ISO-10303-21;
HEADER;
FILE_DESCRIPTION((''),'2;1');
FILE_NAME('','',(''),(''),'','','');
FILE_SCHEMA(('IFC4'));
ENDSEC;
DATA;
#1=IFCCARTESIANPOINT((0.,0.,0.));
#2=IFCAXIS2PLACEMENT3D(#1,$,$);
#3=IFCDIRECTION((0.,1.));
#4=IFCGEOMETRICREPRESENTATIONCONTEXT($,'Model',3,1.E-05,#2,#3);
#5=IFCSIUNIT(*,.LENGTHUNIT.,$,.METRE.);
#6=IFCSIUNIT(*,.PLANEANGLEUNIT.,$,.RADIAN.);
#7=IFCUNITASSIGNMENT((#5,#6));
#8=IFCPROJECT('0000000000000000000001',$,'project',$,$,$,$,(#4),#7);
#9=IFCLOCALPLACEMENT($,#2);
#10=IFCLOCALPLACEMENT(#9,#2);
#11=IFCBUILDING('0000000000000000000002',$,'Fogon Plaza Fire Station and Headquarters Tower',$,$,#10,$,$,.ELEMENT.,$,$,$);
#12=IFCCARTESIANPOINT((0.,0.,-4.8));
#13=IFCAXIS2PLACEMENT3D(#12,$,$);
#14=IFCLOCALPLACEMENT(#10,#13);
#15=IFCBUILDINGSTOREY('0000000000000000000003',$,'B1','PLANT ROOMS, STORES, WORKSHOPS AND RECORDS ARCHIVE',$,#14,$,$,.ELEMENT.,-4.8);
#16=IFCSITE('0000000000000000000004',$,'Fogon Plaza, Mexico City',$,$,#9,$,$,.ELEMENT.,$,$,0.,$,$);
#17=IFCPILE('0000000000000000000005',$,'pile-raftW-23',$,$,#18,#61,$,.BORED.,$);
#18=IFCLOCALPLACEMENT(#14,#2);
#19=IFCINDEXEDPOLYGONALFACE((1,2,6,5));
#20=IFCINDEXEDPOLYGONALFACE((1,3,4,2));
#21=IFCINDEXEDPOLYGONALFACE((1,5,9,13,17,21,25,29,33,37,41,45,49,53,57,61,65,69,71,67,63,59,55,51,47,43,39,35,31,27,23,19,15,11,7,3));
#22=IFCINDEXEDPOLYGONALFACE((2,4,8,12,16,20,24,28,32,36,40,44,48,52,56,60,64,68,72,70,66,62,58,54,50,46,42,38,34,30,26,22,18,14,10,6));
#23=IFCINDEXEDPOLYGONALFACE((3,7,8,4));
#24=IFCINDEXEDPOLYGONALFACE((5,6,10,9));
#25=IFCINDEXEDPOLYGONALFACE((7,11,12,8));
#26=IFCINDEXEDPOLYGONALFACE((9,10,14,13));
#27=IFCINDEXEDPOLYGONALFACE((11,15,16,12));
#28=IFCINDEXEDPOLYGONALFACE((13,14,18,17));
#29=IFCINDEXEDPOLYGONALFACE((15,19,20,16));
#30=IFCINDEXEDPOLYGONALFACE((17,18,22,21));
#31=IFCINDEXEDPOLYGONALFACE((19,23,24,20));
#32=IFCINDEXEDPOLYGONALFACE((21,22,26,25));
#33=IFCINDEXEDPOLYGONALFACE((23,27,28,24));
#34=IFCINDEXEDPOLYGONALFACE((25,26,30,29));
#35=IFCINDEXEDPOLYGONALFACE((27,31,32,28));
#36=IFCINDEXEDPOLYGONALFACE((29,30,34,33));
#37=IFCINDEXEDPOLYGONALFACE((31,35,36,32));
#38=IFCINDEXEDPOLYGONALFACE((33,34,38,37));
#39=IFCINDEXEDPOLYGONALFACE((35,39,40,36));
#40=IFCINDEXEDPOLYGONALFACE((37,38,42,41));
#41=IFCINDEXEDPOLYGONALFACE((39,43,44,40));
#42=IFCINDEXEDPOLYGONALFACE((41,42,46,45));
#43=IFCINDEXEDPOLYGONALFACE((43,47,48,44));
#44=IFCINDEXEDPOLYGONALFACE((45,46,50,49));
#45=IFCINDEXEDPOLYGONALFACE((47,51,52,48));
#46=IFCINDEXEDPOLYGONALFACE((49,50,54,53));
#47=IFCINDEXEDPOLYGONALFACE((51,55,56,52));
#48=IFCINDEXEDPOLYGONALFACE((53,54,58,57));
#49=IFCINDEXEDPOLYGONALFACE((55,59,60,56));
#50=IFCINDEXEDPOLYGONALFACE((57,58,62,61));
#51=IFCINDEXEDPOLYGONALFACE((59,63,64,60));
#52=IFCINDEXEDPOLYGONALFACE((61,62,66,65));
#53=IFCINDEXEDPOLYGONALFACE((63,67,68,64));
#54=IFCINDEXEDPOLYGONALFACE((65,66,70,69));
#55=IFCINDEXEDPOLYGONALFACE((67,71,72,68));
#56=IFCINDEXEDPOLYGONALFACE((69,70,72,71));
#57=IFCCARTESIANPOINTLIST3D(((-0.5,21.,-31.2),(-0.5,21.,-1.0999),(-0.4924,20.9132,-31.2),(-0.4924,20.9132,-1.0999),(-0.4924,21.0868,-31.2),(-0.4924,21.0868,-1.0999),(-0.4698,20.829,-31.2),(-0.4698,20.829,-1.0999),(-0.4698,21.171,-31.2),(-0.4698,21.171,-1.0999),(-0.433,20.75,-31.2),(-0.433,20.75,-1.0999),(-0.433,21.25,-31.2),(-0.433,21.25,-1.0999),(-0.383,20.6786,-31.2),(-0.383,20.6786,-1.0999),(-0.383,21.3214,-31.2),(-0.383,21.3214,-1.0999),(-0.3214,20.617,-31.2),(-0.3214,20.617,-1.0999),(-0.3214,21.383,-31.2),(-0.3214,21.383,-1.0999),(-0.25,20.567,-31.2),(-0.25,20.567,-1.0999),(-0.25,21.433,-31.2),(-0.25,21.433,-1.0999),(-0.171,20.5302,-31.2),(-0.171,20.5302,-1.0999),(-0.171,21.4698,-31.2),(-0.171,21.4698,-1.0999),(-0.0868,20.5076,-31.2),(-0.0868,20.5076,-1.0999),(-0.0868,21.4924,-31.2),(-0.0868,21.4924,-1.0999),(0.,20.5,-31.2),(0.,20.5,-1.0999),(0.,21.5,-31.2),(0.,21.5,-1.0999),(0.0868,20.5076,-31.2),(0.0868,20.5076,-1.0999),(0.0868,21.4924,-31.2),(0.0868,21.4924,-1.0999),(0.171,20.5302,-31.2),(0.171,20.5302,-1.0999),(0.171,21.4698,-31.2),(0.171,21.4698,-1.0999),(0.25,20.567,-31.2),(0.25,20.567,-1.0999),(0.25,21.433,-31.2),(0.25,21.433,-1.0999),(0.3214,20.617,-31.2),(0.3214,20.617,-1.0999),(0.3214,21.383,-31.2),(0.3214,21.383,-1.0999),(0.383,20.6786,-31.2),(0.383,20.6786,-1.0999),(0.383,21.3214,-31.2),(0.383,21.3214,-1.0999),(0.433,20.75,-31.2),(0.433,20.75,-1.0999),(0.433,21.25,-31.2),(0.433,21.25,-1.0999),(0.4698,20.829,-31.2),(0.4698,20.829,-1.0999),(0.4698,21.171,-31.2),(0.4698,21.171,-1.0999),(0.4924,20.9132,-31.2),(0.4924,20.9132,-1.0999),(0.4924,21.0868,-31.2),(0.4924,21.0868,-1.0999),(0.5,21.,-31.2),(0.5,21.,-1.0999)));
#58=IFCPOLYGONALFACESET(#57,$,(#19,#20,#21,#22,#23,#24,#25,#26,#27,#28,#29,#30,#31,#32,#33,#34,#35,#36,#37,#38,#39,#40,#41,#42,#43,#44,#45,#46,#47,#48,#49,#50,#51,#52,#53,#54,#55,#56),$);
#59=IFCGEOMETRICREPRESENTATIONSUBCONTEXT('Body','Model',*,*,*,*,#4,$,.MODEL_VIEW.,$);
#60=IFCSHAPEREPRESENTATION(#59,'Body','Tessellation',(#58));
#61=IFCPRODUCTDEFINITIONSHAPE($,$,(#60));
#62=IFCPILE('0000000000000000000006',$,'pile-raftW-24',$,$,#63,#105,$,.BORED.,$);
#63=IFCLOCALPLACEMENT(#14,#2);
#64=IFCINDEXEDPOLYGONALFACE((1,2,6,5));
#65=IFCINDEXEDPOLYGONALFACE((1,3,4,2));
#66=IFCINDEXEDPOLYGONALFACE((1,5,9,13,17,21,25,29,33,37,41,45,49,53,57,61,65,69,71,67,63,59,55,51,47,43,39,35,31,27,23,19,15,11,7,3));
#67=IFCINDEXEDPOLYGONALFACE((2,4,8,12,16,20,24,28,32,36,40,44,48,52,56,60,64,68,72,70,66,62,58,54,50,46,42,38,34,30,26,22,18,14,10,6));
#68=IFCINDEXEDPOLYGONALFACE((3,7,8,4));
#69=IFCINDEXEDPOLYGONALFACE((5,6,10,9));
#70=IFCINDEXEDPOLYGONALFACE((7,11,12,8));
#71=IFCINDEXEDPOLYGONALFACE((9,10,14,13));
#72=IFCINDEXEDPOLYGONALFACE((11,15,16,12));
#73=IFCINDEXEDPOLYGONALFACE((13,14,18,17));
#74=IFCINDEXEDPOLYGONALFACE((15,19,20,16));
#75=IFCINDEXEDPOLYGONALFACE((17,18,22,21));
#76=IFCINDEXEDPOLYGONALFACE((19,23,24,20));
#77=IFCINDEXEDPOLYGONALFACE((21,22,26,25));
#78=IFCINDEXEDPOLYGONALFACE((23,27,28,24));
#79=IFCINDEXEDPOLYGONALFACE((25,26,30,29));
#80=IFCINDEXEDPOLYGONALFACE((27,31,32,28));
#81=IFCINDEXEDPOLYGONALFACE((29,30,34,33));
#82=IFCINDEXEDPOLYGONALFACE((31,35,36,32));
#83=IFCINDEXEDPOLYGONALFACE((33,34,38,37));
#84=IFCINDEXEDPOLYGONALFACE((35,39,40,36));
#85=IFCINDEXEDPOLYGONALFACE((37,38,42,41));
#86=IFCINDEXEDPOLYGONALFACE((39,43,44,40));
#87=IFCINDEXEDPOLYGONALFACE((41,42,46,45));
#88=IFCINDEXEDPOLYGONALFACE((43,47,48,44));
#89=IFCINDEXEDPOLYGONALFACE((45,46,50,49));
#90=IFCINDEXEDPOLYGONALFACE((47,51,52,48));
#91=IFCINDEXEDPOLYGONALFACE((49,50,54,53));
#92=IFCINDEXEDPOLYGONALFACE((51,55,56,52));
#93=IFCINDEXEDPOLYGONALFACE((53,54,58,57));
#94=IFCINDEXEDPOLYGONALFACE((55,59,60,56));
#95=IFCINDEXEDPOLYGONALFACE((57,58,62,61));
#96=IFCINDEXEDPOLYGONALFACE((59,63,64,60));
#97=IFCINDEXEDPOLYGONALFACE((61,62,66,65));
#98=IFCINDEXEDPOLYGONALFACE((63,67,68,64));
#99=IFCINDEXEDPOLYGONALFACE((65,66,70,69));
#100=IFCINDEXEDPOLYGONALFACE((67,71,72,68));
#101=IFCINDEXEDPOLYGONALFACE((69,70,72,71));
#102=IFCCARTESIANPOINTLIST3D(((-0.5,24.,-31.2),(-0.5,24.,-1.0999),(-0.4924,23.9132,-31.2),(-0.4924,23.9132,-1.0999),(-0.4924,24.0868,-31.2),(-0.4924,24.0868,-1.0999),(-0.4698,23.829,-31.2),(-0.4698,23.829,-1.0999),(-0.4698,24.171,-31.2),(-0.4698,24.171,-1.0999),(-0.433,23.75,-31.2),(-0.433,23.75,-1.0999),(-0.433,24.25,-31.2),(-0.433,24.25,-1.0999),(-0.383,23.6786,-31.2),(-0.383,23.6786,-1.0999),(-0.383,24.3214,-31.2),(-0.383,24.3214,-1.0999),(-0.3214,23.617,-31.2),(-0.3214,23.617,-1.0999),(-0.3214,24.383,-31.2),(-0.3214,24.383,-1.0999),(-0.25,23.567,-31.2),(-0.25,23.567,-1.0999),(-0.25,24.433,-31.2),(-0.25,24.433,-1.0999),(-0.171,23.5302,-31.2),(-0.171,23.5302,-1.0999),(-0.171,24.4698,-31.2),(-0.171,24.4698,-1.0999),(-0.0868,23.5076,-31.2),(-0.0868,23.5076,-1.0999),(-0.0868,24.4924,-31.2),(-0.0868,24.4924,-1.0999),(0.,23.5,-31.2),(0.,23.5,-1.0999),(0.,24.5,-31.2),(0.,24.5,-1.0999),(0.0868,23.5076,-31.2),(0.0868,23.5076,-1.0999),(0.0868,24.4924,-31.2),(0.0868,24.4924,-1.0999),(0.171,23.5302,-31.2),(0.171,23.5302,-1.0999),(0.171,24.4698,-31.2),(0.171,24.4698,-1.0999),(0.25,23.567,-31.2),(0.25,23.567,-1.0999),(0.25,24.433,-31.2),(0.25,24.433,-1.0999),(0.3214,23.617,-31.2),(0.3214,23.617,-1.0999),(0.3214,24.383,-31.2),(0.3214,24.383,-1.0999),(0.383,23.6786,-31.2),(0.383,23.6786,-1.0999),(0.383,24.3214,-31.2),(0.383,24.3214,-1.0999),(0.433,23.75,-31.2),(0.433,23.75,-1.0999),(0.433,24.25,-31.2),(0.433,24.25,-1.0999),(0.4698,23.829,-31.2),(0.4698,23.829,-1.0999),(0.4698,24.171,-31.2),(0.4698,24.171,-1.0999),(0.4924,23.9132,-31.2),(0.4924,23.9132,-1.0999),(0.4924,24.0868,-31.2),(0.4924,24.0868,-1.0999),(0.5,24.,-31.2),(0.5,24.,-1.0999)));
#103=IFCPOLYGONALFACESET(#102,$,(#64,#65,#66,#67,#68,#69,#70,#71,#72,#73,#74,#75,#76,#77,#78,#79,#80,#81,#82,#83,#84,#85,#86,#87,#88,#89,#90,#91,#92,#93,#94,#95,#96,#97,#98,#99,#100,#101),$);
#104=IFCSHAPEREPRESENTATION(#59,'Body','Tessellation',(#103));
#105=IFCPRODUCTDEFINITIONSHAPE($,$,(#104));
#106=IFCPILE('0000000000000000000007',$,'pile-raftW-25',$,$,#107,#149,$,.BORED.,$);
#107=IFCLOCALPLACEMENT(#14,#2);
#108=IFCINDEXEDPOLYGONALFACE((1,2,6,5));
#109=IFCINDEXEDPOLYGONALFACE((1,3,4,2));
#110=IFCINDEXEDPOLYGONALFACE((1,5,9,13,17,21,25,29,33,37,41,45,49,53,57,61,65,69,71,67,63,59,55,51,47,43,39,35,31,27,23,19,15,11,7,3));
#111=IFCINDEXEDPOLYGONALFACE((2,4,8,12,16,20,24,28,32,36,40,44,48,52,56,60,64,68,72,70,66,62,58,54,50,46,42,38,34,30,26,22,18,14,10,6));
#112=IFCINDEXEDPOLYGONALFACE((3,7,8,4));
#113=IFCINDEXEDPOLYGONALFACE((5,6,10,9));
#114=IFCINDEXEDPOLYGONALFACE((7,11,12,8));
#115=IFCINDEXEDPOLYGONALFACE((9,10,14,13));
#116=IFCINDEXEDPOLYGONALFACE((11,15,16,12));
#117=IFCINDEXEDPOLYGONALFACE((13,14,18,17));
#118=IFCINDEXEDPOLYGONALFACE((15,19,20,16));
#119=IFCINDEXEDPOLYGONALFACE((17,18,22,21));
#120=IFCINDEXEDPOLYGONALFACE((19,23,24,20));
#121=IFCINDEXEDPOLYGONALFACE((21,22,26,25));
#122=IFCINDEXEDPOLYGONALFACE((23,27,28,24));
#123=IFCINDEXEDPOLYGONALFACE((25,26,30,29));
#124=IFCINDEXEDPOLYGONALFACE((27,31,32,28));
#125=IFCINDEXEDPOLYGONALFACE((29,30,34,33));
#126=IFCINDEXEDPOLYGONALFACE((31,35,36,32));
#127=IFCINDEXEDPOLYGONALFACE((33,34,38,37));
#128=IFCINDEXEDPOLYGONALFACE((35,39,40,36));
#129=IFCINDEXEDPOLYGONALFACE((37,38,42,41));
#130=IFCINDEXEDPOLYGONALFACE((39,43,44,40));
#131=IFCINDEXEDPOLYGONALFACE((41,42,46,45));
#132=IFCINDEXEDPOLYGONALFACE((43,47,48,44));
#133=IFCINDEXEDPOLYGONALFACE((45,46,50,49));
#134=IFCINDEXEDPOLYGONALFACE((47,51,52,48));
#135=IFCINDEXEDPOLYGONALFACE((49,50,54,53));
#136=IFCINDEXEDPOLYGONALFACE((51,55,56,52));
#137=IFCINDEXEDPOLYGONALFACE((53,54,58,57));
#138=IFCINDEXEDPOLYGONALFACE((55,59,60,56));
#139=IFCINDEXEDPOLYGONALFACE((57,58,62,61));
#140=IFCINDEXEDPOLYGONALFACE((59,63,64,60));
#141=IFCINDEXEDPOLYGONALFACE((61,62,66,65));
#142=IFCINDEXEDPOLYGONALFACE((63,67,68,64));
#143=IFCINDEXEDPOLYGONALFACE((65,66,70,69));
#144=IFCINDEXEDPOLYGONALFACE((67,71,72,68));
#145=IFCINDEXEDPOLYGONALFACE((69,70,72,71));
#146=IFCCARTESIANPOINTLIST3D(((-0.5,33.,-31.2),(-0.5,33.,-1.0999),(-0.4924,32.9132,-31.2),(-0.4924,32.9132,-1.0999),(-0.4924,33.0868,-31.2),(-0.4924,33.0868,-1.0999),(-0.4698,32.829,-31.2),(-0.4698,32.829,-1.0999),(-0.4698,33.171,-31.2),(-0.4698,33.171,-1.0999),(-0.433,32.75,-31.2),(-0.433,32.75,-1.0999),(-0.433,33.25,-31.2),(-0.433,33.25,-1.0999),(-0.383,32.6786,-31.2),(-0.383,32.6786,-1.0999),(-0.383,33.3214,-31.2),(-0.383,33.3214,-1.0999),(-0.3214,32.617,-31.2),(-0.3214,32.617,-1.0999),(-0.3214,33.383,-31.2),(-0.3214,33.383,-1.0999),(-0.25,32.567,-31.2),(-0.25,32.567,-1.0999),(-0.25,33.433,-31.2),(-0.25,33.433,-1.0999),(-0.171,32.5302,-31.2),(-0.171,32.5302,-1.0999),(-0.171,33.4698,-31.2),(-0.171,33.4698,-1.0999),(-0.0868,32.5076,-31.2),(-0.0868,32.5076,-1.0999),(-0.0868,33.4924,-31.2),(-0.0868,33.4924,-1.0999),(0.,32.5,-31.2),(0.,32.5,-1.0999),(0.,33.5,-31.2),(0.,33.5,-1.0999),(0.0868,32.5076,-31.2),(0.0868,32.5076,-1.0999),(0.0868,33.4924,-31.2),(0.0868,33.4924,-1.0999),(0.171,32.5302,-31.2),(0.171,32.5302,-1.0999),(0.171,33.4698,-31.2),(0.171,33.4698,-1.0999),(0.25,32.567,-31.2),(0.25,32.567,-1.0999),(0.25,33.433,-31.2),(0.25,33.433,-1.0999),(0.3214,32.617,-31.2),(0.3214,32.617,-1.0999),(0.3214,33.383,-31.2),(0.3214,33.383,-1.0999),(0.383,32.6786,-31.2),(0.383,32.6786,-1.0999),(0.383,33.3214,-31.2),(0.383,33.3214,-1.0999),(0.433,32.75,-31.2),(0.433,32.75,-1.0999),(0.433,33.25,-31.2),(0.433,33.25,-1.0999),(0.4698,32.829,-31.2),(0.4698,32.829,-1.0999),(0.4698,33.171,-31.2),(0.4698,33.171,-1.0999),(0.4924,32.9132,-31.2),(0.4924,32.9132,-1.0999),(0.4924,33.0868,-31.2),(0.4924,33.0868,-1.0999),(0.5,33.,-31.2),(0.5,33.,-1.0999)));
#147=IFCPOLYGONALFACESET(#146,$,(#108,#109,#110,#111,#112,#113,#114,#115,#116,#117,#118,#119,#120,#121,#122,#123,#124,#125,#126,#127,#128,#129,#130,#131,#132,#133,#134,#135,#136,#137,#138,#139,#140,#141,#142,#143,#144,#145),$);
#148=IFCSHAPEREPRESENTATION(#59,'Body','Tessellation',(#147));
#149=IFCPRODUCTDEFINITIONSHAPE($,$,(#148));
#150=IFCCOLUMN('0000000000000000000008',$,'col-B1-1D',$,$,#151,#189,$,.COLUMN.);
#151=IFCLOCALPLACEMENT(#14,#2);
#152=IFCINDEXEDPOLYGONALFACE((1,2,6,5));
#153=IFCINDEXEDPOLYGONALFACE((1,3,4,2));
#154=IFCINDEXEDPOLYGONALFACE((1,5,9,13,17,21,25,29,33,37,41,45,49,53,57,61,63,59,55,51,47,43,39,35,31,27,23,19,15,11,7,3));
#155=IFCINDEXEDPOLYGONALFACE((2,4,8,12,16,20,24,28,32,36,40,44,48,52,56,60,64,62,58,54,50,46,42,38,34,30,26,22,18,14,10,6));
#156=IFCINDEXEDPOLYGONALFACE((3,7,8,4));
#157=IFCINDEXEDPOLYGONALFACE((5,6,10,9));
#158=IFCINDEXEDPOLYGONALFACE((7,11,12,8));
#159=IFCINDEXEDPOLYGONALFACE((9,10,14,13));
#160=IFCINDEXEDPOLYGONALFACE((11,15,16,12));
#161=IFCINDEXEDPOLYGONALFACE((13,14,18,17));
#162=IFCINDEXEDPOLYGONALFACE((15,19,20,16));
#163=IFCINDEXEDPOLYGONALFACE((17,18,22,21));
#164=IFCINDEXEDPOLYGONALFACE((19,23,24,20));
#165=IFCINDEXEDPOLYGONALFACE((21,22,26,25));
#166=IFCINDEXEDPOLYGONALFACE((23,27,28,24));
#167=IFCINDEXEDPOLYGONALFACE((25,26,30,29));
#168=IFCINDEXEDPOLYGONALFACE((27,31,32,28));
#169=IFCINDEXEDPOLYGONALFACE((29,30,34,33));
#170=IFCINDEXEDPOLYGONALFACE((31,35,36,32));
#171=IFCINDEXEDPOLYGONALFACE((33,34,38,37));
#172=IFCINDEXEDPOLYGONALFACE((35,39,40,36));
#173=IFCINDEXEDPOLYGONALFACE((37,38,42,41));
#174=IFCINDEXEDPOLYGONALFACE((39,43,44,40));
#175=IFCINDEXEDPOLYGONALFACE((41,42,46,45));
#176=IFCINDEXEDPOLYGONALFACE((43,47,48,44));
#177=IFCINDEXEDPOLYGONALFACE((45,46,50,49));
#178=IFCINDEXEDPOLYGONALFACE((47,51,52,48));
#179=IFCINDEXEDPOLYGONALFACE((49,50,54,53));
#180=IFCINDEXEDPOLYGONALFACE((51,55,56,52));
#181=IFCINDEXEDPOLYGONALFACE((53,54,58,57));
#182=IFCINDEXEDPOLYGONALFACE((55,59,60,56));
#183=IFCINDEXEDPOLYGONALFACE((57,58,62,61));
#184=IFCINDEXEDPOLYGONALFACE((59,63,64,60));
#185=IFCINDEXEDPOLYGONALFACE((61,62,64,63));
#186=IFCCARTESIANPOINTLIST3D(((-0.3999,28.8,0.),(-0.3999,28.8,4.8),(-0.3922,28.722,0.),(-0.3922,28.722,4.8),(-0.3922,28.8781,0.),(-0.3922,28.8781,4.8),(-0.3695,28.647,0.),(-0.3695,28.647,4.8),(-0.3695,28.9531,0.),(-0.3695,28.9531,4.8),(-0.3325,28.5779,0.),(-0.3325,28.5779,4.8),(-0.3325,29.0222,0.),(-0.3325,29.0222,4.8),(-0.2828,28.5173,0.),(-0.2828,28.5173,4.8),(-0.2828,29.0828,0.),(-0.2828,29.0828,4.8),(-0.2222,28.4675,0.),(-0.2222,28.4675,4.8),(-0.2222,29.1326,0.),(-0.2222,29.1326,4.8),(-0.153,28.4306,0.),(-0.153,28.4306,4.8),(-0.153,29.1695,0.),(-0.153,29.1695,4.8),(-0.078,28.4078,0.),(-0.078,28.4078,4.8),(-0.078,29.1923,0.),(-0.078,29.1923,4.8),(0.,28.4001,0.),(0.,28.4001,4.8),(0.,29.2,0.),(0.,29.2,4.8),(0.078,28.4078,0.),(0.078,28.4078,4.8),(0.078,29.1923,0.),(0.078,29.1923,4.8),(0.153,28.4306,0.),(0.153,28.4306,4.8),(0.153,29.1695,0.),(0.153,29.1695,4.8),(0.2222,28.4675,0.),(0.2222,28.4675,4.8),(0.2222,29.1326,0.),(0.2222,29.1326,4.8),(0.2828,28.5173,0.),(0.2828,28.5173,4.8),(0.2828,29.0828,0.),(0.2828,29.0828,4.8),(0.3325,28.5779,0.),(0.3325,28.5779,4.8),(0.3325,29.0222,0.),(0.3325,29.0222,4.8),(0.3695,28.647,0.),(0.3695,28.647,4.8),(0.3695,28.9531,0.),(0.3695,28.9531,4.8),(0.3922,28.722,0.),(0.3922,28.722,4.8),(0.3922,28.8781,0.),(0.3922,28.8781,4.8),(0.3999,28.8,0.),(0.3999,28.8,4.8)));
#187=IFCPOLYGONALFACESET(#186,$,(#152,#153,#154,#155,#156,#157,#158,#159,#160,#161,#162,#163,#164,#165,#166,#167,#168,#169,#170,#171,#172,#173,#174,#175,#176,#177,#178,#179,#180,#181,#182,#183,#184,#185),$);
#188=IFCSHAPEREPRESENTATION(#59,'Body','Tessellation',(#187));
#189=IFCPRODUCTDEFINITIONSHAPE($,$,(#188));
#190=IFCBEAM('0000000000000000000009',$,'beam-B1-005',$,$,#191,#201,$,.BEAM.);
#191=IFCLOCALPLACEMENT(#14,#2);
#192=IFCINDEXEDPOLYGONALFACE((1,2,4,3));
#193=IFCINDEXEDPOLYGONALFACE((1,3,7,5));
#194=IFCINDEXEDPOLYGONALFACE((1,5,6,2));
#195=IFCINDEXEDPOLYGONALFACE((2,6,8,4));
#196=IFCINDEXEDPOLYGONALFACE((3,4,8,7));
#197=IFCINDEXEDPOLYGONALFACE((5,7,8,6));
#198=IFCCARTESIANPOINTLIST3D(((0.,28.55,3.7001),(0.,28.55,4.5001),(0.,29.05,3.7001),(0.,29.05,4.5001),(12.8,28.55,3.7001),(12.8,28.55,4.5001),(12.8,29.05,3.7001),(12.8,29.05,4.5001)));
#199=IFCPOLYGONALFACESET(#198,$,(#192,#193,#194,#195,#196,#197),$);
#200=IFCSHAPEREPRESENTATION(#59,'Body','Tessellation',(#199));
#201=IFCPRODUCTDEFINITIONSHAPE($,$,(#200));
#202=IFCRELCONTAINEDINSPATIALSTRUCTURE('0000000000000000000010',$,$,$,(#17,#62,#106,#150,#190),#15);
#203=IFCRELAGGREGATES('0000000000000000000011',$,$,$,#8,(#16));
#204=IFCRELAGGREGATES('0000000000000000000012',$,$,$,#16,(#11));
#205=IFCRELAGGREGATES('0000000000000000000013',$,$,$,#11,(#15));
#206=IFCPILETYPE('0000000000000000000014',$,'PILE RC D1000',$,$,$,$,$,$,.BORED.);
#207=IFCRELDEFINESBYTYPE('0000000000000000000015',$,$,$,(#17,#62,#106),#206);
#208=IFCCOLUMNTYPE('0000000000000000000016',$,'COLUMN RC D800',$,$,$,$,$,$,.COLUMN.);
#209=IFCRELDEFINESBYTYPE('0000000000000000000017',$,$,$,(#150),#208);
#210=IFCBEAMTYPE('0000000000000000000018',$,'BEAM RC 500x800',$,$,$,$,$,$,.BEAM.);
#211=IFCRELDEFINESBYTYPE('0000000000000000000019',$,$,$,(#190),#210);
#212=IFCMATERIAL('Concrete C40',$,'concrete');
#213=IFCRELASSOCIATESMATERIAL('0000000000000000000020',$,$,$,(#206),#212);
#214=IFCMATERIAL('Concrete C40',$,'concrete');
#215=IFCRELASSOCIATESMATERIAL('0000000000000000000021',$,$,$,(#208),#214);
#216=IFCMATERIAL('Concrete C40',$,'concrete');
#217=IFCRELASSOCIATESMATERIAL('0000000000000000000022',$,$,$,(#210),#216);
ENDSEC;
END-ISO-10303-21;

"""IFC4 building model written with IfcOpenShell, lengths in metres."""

from ifc_helpers import new_model, si_unit, direction, frame, origin, origin_2d, place, context, subcontext, project, spatial, rectangle, circle, extrude, material, material_profile, profile_set, type_object, element, save


model = new_model("IFC4")

# Units and contexts
model_context = context("Model", 3, precision=1e-05, world=origin(), true_north=direction((0.0, 1.0)))
body_context = subcontext(model_context, "Body", "Model", "MODEL_VIEW")
ifc_project = project(units=[si_unit("LENGTHUNIT", "METRE"), si_unit("PLANEANGLEUNIT", "RADIAN")], contexts=[model_context])

# Site, building, storey
site_placement = place(None, origin())
site = spatial("IfcSite", under=ifc_project, at=site_placement, Name="Fogon Plaza, Mexico City", CompositionType="ELEMENT", RefElevation=0.0)
building_placement = place(site_placement, origin())
building = spatial("IfcBuilding", under=site, at=building_placement, Name="Fogon Plaza Fire Station and Headquarters Tower", CompositionType="ELEMENT")
storey_placement = place(building_placement, frame((0.0, 0.0, -4.8)))
storey = spatial("IfcBuildingStorey", under=building, at=storey_placement, Name="B1", Description="PLANT ROOMS, STORES, WORKSHOPS AND RECORDS ARCHIVE", CompositionType="ELEMENT", Elevation=-4.8)

# Piles
ifc_material_1 = material(Name="Concrete C40", Category="concrete")
ifc_material_profile_1 = material_profile(ifc_material_1, circle(Radius=0.5, at=origin_2d()), Name="RC D1000")
ifc_profile_set_1 = profile_set([ifc_material_profile_1], Name="Concrete C40")
pile_type = type_object("IfcPileType", Name="PILE RC D1000", PredefinedType="BORED", material=ifc_profile_set_1)
for number, where, z_axis, x_axis, name in (
    (1, (0.0, 21.0, -1.0999), (0.0, 0.0, -1.0), (1.0, 0.0, 0.0), "pile-raftW-23"),
    (2, (0.0, 24.0, -1.0999), (0.0, 0.0, -1.0), (1.0, 0.0, 0.0), "pile-raftW-24"),
    (3, (0.0, 33.0, -1.0999), (0.0, 0.0, -1.0), (1.0, 0.0, 0.0), "pile-raftW-25"),
):
    element("IfcPile", number, at=place(storey_placement, frame(where, z_axis=z_axis, x_axis=x_axis)), inside=storey, type_object=pile_type, Name=name, PredefinedType="BORED", context=body_context, shape_type="SweptSolid", body=[
        extrude(circle(Radius=0.5, at=origin_2d()), origin(), (0.0, 0.0, 1.0), 30.1001),
    ])

# Column
ifc_material_2 = material(Name="Concrete C40", Category="concrete")
ifc_material_profile_2 = material_profile(ifc_material_2, circle(Radius=0.3999, at=origin_2d()), Name="RC D800")
ifc_profile_set_2 = profile_set([ifc_material_profile_2], Name="Concrete C40")
column_type = type_object("IfcColumnType", Name="COLUMN RC D800", PredefinedType="COLUMN", material=ifc_profile_set_2)
column_placement = place(storey_placement, frame((0.0, 28.8, 0.0), z_axis=(0.0, 0.0, 1.0), x_axis=(1.0, 0.0, 0.0)))
element("IfcColumn", 4, at=column_placement, inside=storey, type_object=column_type, Name="col-B1-1D", PredefinedType="COLUMN", context=body_context, shape_type="SweptSolid", body=[
    extrude(circle(Radius=0.3999, at=origin_2d()), origin(), (0.0, 0.0, 1.0), 4.8),
])

# Beam
ifc_material_3 = material(Name="Concrete C40", Category="concrete")
ifc_material_profile_3 = material_profile(ifc_material_3, rectangle(XDim=0.5, YDim=0.8, at=origin_2d()), Name="RC 500x800")
ifc_profile_set_3 = profile_set([ifc_material_profile_3], Name="Concrete C40")
beam_type_1 = type_object("IfcBeamType", Name="BEAM RC 500x800", PredefinedType="BEAM", material=ifc_profile_set_3)
beam_1_placement = place(storey_placement, frame((0.0, 28.8, 4.1001), z_axis=(1.0, 0.0, 0.0), x_axis=(0.0, 1.0, 0.0)))
element("IfcBeam", 5, at=beam_1_placement, inside=storey, type_object=beam_type_1, Name="beam-B1-005", PredefinedType="BEAM", context=body_context, shape_type="SweptSolid", body=[
    extrude(rectangle(XDim=0.5, YDim=0.8, at=origin_2d()), origin(), (0.0, 0.0, 1.0), 12.8),
])

save(model, "model.ifc")
